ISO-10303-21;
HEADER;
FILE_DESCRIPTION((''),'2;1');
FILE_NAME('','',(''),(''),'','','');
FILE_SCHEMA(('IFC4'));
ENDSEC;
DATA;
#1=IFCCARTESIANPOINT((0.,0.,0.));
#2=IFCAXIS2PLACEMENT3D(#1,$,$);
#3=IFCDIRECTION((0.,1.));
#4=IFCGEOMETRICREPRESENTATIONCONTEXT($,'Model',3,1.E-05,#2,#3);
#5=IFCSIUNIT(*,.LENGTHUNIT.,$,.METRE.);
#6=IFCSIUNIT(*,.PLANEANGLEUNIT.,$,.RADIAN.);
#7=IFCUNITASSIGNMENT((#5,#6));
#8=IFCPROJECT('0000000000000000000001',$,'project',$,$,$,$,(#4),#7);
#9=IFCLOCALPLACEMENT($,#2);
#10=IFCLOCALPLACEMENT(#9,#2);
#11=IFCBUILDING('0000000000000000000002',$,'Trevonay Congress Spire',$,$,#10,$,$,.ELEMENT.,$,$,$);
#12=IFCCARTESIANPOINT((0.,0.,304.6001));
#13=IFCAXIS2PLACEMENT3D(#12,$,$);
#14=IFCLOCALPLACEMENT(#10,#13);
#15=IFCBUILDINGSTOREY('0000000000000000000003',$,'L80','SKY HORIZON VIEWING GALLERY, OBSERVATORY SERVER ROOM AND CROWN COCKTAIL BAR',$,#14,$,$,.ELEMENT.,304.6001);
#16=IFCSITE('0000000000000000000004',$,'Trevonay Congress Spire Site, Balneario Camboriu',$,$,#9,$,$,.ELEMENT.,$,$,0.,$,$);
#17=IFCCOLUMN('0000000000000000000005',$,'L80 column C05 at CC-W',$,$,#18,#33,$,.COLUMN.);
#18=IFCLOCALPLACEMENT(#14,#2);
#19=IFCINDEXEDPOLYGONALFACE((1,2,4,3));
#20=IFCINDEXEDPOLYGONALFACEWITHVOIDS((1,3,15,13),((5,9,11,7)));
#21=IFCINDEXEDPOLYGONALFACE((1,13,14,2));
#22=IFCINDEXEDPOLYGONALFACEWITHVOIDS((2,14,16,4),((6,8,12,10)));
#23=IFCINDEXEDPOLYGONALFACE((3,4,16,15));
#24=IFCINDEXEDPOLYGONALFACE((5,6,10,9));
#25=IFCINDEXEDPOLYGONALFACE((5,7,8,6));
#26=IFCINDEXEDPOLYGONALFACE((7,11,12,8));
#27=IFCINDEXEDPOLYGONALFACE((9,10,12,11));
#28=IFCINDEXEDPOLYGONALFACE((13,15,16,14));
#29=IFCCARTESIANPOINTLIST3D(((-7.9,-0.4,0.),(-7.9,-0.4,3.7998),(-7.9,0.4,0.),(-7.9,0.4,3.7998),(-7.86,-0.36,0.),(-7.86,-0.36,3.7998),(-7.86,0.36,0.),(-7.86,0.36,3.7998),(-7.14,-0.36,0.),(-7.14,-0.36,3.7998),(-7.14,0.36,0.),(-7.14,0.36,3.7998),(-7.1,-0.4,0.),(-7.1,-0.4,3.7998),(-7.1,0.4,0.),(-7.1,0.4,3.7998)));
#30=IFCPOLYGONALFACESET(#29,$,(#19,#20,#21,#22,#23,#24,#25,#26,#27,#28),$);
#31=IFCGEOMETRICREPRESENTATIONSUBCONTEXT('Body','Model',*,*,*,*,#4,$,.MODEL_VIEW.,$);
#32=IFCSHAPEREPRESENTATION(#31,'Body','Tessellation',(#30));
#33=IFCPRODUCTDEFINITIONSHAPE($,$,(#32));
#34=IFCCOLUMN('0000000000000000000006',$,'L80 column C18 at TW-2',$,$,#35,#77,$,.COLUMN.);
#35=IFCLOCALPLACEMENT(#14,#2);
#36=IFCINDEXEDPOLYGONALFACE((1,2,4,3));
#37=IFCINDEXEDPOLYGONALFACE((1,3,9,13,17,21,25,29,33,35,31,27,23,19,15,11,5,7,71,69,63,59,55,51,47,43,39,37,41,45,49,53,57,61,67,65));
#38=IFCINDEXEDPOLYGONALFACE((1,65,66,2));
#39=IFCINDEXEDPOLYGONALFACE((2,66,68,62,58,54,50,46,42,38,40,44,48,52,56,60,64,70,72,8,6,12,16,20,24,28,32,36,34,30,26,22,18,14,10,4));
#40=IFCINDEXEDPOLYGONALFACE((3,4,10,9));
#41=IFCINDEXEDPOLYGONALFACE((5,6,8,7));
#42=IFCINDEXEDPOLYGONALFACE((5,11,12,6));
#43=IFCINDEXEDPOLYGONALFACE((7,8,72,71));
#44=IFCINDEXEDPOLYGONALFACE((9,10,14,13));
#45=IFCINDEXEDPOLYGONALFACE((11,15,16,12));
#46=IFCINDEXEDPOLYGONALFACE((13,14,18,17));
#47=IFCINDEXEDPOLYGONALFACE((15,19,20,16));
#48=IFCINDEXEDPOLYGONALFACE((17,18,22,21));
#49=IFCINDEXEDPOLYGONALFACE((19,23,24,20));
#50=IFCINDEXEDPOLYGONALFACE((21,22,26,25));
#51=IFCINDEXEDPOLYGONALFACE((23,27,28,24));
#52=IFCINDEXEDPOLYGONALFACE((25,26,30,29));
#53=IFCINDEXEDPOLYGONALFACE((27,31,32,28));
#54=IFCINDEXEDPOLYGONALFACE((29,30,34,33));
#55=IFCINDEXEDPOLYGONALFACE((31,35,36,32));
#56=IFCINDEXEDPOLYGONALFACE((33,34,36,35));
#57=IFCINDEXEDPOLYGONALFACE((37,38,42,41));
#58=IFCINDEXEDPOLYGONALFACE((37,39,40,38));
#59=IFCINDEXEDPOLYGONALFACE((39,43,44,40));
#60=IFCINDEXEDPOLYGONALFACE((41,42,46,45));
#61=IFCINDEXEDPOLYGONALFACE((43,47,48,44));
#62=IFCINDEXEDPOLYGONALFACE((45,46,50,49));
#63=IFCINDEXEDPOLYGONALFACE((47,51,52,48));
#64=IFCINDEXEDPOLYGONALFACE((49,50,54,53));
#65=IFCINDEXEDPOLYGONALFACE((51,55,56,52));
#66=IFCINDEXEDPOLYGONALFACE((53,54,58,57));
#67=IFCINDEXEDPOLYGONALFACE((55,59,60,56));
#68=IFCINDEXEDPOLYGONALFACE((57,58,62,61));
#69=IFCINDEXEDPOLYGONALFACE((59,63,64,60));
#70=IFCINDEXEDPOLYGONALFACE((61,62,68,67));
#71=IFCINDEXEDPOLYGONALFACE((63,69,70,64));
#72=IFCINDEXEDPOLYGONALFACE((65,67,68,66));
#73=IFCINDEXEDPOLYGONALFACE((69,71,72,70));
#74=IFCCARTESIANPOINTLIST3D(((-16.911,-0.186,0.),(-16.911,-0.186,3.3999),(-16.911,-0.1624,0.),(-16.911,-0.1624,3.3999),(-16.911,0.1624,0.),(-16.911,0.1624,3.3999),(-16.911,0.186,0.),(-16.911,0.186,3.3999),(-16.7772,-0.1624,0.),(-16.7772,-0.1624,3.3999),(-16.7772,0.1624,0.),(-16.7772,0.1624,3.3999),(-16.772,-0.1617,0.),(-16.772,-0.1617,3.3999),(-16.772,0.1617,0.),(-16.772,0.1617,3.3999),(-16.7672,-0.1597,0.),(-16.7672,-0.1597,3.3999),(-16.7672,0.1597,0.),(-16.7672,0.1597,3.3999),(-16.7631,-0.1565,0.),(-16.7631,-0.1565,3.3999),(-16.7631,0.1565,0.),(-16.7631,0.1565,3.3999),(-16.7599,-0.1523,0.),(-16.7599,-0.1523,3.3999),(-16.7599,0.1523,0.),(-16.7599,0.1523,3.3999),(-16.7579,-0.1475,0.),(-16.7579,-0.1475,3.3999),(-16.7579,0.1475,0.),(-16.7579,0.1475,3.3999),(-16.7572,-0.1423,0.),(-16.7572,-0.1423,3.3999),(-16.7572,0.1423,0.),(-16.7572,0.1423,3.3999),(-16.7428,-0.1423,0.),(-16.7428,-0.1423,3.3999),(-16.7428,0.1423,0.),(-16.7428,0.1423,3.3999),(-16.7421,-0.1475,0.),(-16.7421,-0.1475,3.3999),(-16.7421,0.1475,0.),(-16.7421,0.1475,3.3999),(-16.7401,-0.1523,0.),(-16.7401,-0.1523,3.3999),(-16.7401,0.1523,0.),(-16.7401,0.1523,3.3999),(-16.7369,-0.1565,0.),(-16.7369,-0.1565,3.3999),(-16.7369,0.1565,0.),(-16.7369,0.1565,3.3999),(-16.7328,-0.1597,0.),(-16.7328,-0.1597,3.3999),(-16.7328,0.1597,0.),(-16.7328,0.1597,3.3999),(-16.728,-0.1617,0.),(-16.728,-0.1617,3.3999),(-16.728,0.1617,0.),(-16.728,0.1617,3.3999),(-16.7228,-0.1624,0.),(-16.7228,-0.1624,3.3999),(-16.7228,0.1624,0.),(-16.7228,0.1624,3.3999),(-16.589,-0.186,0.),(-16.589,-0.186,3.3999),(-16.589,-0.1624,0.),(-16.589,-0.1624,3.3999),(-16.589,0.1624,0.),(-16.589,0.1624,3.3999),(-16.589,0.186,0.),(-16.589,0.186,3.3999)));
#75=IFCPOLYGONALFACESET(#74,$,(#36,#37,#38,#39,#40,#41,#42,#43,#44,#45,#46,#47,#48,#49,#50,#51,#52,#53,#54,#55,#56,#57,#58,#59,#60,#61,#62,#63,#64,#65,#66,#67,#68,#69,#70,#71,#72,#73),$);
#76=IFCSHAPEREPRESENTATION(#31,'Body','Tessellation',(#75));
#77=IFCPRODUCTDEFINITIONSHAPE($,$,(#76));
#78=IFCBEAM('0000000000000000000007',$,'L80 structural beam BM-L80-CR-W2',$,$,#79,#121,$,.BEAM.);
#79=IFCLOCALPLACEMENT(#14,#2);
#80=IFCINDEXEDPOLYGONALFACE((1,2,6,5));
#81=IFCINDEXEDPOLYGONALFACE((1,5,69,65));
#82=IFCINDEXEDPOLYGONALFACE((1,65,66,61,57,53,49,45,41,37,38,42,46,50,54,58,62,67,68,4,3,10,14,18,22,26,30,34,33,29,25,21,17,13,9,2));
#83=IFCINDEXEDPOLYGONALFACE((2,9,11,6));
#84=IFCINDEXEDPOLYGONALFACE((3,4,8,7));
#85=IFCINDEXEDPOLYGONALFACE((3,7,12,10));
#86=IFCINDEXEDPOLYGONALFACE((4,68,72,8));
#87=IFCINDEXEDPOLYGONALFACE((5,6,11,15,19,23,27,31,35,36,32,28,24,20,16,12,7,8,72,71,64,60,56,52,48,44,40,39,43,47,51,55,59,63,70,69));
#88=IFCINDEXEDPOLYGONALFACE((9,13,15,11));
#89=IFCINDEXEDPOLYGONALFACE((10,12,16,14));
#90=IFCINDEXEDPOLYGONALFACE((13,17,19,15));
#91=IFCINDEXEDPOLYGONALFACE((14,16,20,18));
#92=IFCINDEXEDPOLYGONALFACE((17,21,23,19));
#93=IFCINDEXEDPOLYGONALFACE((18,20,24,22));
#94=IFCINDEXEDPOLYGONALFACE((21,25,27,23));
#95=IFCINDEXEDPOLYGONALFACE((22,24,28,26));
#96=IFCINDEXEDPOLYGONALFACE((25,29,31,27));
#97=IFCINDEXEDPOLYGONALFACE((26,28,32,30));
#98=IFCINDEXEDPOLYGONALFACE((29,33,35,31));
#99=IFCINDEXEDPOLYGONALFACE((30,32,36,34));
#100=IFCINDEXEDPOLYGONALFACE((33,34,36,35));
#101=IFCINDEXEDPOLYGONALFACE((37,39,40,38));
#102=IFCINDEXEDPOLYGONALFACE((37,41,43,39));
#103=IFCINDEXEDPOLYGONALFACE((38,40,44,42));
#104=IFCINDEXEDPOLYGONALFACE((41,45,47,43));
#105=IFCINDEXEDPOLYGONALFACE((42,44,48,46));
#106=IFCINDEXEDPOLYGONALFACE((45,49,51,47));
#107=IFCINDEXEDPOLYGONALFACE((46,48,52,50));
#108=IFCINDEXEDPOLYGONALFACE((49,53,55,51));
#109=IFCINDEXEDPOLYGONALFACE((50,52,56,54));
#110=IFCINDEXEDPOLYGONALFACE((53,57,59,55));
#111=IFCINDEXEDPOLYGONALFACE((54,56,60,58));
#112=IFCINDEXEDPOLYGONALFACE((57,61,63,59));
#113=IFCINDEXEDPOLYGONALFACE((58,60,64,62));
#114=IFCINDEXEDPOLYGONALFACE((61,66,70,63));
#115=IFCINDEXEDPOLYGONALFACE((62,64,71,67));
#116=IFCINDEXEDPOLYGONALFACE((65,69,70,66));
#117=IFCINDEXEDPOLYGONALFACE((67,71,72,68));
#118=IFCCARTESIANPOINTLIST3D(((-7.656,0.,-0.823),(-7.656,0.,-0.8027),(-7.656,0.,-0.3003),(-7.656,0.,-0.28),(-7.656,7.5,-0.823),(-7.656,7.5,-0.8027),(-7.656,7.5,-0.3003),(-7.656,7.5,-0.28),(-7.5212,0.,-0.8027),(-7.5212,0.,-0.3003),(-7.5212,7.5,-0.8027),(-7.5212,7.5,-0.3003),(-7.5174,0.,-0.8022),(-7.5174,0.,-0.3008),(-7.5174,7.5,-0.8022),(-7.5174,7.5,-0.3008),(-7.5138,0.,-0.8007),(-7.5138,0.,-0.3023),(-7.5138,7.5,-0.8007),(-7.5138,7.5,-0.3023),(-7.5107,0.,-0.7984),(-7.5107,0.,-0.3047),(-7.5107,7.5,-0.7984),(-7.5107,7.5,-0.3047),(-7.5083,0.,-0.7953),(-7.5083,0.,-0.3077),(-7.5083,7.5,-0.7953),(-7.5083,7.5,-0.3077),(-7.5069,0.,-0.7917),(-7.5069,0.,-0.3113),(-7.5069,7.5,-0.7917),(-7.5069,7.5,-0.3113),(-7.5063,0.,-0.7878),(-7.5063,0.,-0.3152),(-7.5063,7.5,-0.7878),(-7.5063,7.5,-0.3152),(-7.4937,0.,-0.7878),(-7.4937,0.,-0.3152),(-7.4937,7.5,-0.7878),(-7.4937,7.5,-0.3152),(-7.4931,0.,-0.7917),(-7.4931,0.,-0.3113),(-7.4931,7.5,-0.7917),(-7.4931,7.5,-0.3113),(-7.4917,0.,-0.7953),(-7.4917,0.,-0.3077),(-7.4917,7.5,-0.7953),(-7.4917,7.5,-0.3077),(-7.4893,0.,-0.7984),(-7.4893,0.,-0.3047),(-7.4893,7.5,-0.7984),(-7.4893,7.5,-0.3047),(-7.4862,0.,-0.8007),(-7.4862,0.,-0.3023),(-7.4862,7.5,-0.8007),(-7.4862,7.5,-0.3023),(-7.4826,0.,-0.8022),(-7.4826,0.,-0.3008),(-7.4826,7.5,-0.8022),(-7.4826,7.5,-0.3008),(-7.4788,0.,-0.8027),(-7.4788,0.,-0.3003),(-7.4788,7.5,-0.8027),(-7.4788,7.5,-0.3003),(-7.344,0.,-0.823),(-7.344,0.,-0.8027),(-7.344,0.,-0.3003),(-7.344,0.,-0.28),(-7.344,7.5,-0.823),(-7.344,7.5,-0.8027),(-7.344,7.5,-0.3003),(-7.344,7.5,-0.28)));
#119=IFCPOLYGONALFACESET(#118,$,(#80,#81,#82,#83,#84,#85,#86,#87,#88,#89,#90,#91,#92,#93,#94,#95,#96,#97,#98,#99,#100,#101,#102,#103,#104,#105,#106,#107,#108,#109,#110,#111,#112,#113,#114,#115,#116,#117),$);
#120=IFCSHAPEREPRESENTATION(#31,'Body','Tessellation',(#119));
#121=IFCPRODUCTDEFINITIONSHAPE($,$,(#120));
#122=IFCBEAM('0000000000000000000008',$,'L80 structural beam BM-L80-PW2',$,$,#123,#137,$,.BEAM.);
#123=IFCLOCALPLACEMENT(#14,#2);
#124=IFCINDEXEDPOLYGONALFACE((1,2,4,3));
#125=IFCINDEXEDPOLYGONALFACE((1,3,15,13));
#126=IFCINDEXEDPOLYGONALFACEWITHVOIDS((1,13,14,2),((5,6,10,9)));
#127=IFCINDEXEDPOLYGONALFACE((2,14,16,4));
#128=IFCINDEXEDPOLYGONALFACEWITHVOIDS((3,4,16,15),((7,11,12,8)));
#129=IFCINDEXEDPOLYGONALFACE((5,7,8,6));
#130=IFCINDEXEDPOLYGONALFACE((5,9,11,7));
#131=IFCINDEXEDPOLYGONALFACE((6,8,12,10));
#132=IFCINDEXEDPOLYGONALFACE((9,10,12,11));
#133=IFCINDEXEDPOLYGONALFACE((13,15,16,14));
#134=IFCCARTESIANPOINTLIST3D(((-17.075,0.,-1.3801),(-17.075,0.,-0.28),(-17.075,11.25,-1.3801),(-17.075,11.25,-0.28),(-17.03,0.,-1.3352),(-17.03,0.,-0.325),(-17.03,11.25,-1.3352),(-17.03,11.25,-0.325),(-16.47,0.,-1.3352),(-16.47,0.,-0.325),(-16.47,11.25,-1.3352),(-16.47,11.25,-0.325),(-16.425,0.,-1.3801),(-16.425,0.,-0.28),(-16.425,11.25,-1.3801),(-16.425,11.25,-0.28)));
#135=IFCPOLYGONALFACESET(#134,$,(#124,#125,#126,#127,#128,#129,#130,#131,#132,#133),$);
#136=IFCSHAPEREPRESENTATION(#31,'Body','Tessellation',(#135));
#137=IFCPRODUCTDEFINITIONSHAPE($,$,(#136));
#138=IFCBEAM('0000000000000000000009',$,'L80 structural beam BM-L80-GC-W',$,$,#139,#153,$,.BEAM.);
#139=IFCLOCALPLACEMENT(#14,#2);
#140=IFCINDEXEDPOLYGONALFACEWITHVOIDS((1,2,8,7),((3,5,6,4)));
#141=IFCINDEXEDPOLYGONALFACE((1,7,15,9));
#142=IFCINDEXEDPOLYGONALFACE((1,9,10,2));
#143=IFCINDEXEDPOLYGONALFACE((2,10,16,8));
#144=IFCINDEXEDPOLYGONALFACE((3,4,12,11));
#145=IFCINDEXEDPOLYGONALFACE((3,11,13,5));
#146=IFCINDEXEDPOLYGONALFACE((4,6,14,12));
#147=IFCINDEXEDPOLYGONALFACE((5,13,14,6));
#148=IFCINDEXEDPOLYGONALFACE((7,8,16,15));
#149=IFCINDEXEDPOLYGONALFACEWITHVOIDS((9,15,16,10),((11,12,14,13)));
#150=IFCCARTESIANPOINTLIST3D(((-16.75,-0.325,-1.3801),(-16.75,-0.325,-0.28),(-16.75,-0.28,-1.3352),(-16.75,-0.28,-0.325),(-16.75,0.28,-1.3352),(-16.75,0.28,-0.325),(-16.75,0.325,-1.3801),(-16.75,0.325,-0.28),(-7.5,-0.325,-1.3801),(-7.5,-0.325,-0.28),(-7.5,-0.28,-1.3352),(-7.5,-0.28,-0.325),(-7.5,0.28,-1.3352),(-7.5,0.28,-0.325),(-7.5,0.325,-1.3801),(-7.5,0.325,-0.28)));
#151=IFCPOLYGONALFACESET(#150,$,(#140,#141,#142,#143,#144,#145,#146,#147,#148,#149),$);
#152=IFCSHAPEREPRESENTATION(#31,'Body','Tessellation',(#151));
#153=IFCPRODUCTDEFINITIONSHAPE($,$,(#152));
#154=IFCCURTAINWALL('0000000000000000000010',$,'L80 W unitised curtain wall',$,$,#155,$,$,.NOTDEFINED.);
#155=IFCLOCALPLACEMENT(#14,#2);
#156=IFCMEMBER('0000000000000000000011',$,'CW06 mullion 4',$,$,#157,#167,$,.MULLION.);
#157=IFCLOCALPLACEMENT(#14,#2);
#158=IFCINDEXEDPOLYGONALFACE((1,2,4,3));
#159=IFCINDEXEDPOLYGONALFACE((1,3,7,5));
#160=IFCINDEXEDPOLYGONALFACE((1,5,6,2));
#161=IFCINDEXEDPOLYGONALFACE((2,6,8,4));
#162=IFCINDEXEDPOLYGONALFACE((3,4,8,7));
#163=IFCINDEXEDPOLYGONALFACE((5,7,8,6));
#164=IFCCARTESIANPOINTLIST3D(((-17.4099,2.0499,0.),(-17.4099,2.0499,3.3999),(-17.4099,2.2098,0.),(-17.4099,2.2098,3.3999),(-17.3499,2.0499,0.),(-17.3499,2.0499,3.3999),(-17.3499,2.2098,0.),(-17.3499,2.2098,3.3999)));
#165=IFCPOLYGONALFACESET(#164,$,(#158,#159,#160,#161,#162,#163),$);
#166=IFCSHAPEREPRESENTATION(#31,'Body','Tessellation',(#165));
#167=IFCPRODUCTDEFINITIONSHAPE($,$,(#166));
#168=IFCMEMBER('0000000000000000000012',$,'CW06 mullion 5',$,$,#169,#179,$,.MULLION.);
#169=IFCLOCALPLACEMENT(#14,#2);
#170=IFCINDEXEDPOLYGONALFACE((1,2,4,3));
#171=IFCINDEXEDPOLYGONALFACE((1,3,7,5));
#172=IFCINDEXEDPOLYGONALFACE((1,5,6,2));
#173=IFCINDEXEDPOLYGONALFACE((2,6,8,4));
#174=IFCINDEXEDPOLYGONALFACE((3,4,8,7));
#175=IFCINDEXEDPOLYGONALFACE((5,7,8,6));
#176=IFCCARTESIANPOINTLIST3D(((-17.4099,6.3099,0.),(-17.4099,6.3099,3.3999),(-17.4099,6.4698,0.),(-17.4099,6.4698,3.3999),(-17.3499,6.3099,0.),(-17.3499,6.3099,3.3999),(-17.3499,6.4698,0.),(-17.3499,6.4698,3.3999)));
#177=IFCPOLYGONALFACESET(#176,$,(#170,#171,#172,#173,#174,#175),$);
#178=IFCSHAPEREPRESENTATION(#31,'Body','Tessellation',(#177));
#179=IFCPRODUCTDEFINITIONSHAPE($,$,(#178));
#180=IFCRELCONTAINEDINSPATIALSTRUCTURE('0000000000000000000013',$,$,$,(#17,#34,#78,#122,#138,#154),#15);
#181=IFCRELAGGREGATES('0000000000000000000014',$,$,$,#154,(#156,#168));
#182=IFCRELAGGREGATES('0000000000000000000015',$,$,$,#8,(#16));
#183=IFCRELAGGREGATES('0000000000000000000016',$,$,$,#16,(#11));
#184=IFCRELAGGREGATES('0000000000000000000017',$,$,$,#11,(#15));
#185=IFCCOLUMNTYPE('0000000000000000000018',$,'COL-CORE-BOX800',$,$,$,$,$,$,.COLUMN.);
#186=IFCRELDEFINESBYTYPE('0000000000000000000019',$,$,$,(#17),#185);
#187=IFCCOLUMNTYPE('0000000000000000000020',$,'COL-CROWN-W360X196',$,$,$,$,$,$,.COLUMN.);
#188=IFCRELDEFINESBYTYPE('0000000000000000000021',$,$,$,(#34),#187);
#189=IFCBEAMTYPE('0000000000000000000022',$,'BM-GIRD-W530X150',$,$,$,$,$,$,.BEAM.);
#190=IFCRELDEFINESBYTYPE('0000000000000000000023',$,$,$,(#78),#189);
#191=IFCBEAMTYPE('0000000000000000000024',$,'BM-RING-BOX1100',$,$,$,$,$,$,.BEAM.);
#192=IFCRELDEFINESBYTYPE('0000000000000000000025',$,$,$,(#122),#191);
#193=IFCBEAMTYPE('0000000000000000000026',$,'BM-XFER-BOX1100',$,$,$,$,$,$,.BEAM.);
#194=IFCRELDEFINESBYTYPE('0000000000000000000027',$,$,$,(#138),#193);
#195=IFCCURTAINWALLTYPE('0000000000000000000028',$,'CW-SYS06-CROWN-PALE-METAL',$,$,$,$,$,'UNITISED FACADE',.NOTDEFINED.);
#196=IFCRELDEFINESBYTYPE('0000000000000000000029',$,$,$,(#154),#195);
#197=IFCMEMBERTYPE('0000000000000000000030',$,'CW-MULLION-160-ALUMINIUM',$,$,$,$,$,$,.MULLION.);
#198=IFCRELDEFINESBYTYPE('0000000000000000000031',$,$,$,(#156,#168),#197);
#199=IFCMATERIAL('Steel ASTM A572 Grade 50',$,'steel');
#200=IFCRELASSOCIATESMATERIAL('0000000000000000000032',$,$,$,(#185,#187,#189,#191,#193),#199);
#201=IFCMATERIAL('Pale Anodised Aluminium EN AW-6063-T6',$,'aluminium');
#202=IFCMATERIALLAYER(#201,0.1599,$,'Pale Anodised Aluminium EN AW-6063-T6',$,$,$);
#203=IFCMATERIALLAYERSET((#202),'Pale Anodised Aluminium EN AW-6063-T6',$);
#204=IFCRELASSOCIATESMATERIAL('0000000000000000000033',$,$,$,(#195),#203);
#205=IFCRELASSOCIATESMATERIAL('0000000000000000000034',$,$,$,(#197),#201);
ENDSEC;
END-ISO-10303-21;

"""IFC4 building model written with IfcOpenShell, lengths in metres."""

from ifc_helpers import new_model, si_unit, direction, frame, origin, origin_2d, place, context, subcontext, project, spatial, rectangle, hollow_rectangle, i_section, extrude, material, layer, layer_set, material_profile, profile_set, type_object, element, aggregate, save


model = new_model("IFC4")

# Units and contexts
model_context = context("Model", 3, precision=1e-05, world=origin(), true_north=direction((0.0, 1.0)))
body_context = subcontext(model_context, "Body", "Model", "MODEL_VIEW")
ifc_project = project(units=[si_unit("LENGTHUNIT", "METRE"), si_unit("PLANEANGLEUNIT", "RADIAN")], contexts=[model_context])

# Site, building, storey
site_placement = place(None, origin())
site = spatial("IfcSite", under=ifc_project, at=site_placement, Name="Trevonay Congress Spire Site, Balneario Camboriu", CompositionType="ELEMENT", RefElevation=0.0)
building_placement = place(site_placement, origin())
building = spatial("IfcBuilding", under=site, at=building_placement, Name="Trevonay Congress Spire", CompositionType="ELEMENT")
storey_placement = place(building_placement, frame((0.0, 0.0, 304.6001)))
storey = spatial("IfcBuildingStorey", under=building, at=storey_placement, Name="L80", Description="SKY HORIZON VIEWING GALLERY, OBSERVATORY SERVER ROOM AND CROWN COCKTAIL BAR", CompositionType="ELEMENT", Elevation=304.6001)

# Columns
ifc_material_1 = material(Name="Steel ASTM A572 Grade 50", Category="steel")
ifc_material_profile_1 = material_profile(ifc_material_1, hollow_rectangle(XDim=0.8, YDim=0.8, WallThickness=0.04, at=origin_2d()), Name="BOX 800x800x40")
ifc_profile_set_1 = profile_set([ifc_material_profile_1], Name="Steel ASTM A572 Grade 50")
column_type_1 = type_object("IfcColumnType", Name="COL-CORE-BOX800", PredefinedType="COLUMN", material=ifc_profile_set_1)
column_1_placement = place(storey_placement, frame((-7.5, 0.0, 0.0), z_axis=(0.0, 0.0, 1.0), x_axis=(1.0, 0.0, 0.0)))
element("IfcColumn", 1, at=column_1_placement, inside=storey, type_object=column_type_1, Name="L80 column C05 at CC-W", PredefinedType="COLUMN", context=body_context, shape_type="SweptSolid", body=[
    extrude(hollow_rectangle(XDim=0.8, YDim=0.8, WallThickness=0.04, at=origin_2d()), origin(), (0.0, 0.0, 1.0), 3.7998),
])
ifc_material_profile_2 = material_profile(ifc_material_1, i_section(OverallWidth=0.322, OverallDepth=0.3721, WebThickness=0.0144, FlangeThickness=0.0237, FilletRadius=0.02, at=origin_2d()), Name="W360x196")
ifc_profile_set_2 = profile_set([ifc_material_profile_2], Name="Steel ASTM A572 Grade 50")
column_type_2 = type_object("IfcColumnType", Name="COL-CROWN-W360X196", PredefinedType="COLUMN", material=ifc_profile_set_2)
column_2_placement = place(storey_placement, frame((-16.75, 0.0, 0.0), z_axis=(0.0, 0.0, 1.0), x_axis=(1.0, 0.0, 0.0)))
element("IfcColumn", 2, at=column_2_placement, inside=storey, type_object=column_type_2, Name="L80 column C18 at TW-2", PredefinedType="COLUMN", context=body_context, shape_type="SweptSolid", body=[
    extrude(i_section(OverallWidth=0.322, OverallDepth=0.3721, WebThickness=0.0144, FlangeThickness=0.0237, FilletRadius=0.02, at=origin_2d()), origin(), (0.0, 0.0, 1.0), 3.3999),
])

# Beams
ifc_material_profile_3 = material_profile(ifc_material_1, i_section(OverallWidth=0.312, OverallDepth=0.543, WebThickness=0.0127, FlangeThickness=0.0203, FilletRadius=0.0149, at=origin_2d()), Name="W530x150")
ifc_profile_set_3 = profile_set([ifc_material_profile_3], Name="Steel ASTM A572 Grade 50")
beam_type_1 = type_object("IfcBeamType", Name="BM-GIRD-W530X150", PredefinedType="BEAM", material=ifc_profile_set_3)
beam_1_placement = place(storey_placement, frame((-7.5, 0.0, -0.5515), z_axis=(0.0, 1.0, 0.0), x_axis=(-1.0, 0.0, 0.0)))
element("IfcBeam", 3, at=beam_1_placement, inside=storey, type_object=beam_type_1, Name="L80 structural beam BM-L80-CR-W2", PredefinedType="BEAM", context=body_context, shape_type="SweptSolid", body=[
    extrude(i_section(OverallWidth=0.312, OverallDepth=0.543, WebThickness=0.0127, FlangeThickness=0.0203, FilletRadius=0.0149, at=origin_2d()), origin(), (0.0, 0.0, 1.0), 7.5),
])
ifc_material_profile_4 = material_profile(ifc_material_1, hollow_rectangle(XDim=0.6499, YDim=1.1001, WallThickness=0.0449, at=origin_2d()), Name="BOX 1100x650x45")
ifc_profile_set_4 = profile_set([ifc_material_profile_4], Name="Steel ASTM A572 Grade 50")
beam_type_2 = type_object("IfcBeamType", Name="BM-RING-BOX1100", PredefinedType="BEAM", material=ifc_profile_set_4)
beam_2_placement = place(storey_placement, frame((-16.75, 0.0, -0.8301), z_axis=(0.0, 1.0, 0.0), x_axis=(-1.0, 0.0, 0.0)))
element("IfcBeam", 4, at=beam_2_placement, inside=storey, type_object=beam_type_2, Name="L80 structural beam BM-L80-PW2", PredefinedType="BEAM", context=body_context, shape_type="SweptSolid", body=[
    extrude(hollow_rectangle(XDim=0.6499, YDim=1.1001, WallThickness=0.0449, at=origin_2d()), origin(), (0.0, 0.0, 1.0), 11.25),
])
ifc_material_profile_5 = material_profile(ifc_material_1, hollow_rectangle(XDim=0.6499, YDim=1.1001, WallThickness=0.0449, at=origin_2d()), Name="BOX 1100x650x45")
ifc_profile_set_5 = profile_set([ifc_material_profile_5], Name="Steel ASTM A572 Grade 50")
beam_type_3 = type_object("IfcBeamType", Name="BM-XFER-BOX1100", PredefinedType="BEAM", material=ifc_profile_set_5)
beam_3_placement = place(storey_placement, frame((-7.5, 0.0, -0.8301), z_axis=(-1.0, 0.0, 0.0), x_axis=(0.0, -1.0, 0.0)))
element("IfcBeam", 5, at=beam_3_placement, inside=storey, type_object=beam_type_3, Name="L80 structural beam BM-L80-GC-W", PredefinedType="BEAM", context=body_context, shape_type="SweptSolid", body=[
    extrude(hollow_rectangle(XDim=0.6499, YDim=1.1001, WallThickness=0.0449, at=origin_2d()), origin(), (0.0, 0.0, 1.0), 9.25),
])

# Curtain wall, members
ifc_material_2 = material(Name="Pale Anodised Aluminium EN AW-6063-T6", Category="aluminium")
ifc_layer_1 = layer(ifc_material_2, 0.1599, Name="Pale Anodised Aluminium EN AW-6063-T6")
ifc_layer_set_1 = layer_set([ifc_layer_1], Name="Pale Anodised Aluminium EN AW-6063-T6")
curtain_wall_type = type_object("IfcCurtainWallType", Name="CW-SYS06-CROWN-PALE-METAL", ElementType="UNITISED FACADE", PredefinedType="NOTDEFINED", material=ifc_layer_set_1)
curtain_wall_placement = place(storey_placement, origin())
curtain_wall = element("IfcCurtainWall", 6, at=curtain_wall_placement, inside=storey, type_object=curtain_wall_type, Name="L80 W unitised curtain wall", PredefinedType="NOTDEFINED")
ifc_material_profile_6 = material_profile(ifc_material_2, rectangle(XDim=0.0601, YDim=0.1599, at=origin_2d()), Name="CW-MULLION-160-ALUMINIUM")
ifc_profile_set_6 = profile_set([ifc_material_profile_6], Name="Pale Anodised Aluminium EN AW-6063-T6")
member_type_1 = type_object("IfcMemberType", Name="CW-MULLION-160-ALUMINIUM", PredefinedType="MULLION", material=ifc_profile_set_6)
member_1_placement = place(storey_placement, frame((-17.3799, 2.1299, 0.0), z_axis=(0.0, 0.0, 1.0), x_axis=(-1.0, 0.0, 0.0)))
member_1 = element("IfcMember", 7, at=member_1_placement, type_object=member_type_1, Name="CW06 mullion 4", PredefinedType="MULLION", context=body_context, shape_type="SweptSolid", body=[
    extrude(rectangle(XDim=0.0601, YDim=0.1599, at=origin_2d()), origin(), (0.0, 0.0, 1.0), 3.3999),
])
member_2_placement = place(storey_placement, frame((-17.3799, 6.3899, 0.0), z_axis=(0.0, 0.0, 1.0), x_axis=(-1.0, 0.0, 0.0)))
member_2 = element("IfcMember", 8, at=member_2_placement, type_object=member_type_1, Name="CW06 mullion 5", PredefinedType="MULLION", context=body_context, shape_type="SweptSolid", body=[
    extrude(rectangle(XDim=0.0601, YDim=0.1599, at=origin_2d()), origin(), (0.0, 0.0, 1.0), 3.3999),
])
aggregate(curtain_wall, [member_1, member_2])

save(model, "model.ifc")
